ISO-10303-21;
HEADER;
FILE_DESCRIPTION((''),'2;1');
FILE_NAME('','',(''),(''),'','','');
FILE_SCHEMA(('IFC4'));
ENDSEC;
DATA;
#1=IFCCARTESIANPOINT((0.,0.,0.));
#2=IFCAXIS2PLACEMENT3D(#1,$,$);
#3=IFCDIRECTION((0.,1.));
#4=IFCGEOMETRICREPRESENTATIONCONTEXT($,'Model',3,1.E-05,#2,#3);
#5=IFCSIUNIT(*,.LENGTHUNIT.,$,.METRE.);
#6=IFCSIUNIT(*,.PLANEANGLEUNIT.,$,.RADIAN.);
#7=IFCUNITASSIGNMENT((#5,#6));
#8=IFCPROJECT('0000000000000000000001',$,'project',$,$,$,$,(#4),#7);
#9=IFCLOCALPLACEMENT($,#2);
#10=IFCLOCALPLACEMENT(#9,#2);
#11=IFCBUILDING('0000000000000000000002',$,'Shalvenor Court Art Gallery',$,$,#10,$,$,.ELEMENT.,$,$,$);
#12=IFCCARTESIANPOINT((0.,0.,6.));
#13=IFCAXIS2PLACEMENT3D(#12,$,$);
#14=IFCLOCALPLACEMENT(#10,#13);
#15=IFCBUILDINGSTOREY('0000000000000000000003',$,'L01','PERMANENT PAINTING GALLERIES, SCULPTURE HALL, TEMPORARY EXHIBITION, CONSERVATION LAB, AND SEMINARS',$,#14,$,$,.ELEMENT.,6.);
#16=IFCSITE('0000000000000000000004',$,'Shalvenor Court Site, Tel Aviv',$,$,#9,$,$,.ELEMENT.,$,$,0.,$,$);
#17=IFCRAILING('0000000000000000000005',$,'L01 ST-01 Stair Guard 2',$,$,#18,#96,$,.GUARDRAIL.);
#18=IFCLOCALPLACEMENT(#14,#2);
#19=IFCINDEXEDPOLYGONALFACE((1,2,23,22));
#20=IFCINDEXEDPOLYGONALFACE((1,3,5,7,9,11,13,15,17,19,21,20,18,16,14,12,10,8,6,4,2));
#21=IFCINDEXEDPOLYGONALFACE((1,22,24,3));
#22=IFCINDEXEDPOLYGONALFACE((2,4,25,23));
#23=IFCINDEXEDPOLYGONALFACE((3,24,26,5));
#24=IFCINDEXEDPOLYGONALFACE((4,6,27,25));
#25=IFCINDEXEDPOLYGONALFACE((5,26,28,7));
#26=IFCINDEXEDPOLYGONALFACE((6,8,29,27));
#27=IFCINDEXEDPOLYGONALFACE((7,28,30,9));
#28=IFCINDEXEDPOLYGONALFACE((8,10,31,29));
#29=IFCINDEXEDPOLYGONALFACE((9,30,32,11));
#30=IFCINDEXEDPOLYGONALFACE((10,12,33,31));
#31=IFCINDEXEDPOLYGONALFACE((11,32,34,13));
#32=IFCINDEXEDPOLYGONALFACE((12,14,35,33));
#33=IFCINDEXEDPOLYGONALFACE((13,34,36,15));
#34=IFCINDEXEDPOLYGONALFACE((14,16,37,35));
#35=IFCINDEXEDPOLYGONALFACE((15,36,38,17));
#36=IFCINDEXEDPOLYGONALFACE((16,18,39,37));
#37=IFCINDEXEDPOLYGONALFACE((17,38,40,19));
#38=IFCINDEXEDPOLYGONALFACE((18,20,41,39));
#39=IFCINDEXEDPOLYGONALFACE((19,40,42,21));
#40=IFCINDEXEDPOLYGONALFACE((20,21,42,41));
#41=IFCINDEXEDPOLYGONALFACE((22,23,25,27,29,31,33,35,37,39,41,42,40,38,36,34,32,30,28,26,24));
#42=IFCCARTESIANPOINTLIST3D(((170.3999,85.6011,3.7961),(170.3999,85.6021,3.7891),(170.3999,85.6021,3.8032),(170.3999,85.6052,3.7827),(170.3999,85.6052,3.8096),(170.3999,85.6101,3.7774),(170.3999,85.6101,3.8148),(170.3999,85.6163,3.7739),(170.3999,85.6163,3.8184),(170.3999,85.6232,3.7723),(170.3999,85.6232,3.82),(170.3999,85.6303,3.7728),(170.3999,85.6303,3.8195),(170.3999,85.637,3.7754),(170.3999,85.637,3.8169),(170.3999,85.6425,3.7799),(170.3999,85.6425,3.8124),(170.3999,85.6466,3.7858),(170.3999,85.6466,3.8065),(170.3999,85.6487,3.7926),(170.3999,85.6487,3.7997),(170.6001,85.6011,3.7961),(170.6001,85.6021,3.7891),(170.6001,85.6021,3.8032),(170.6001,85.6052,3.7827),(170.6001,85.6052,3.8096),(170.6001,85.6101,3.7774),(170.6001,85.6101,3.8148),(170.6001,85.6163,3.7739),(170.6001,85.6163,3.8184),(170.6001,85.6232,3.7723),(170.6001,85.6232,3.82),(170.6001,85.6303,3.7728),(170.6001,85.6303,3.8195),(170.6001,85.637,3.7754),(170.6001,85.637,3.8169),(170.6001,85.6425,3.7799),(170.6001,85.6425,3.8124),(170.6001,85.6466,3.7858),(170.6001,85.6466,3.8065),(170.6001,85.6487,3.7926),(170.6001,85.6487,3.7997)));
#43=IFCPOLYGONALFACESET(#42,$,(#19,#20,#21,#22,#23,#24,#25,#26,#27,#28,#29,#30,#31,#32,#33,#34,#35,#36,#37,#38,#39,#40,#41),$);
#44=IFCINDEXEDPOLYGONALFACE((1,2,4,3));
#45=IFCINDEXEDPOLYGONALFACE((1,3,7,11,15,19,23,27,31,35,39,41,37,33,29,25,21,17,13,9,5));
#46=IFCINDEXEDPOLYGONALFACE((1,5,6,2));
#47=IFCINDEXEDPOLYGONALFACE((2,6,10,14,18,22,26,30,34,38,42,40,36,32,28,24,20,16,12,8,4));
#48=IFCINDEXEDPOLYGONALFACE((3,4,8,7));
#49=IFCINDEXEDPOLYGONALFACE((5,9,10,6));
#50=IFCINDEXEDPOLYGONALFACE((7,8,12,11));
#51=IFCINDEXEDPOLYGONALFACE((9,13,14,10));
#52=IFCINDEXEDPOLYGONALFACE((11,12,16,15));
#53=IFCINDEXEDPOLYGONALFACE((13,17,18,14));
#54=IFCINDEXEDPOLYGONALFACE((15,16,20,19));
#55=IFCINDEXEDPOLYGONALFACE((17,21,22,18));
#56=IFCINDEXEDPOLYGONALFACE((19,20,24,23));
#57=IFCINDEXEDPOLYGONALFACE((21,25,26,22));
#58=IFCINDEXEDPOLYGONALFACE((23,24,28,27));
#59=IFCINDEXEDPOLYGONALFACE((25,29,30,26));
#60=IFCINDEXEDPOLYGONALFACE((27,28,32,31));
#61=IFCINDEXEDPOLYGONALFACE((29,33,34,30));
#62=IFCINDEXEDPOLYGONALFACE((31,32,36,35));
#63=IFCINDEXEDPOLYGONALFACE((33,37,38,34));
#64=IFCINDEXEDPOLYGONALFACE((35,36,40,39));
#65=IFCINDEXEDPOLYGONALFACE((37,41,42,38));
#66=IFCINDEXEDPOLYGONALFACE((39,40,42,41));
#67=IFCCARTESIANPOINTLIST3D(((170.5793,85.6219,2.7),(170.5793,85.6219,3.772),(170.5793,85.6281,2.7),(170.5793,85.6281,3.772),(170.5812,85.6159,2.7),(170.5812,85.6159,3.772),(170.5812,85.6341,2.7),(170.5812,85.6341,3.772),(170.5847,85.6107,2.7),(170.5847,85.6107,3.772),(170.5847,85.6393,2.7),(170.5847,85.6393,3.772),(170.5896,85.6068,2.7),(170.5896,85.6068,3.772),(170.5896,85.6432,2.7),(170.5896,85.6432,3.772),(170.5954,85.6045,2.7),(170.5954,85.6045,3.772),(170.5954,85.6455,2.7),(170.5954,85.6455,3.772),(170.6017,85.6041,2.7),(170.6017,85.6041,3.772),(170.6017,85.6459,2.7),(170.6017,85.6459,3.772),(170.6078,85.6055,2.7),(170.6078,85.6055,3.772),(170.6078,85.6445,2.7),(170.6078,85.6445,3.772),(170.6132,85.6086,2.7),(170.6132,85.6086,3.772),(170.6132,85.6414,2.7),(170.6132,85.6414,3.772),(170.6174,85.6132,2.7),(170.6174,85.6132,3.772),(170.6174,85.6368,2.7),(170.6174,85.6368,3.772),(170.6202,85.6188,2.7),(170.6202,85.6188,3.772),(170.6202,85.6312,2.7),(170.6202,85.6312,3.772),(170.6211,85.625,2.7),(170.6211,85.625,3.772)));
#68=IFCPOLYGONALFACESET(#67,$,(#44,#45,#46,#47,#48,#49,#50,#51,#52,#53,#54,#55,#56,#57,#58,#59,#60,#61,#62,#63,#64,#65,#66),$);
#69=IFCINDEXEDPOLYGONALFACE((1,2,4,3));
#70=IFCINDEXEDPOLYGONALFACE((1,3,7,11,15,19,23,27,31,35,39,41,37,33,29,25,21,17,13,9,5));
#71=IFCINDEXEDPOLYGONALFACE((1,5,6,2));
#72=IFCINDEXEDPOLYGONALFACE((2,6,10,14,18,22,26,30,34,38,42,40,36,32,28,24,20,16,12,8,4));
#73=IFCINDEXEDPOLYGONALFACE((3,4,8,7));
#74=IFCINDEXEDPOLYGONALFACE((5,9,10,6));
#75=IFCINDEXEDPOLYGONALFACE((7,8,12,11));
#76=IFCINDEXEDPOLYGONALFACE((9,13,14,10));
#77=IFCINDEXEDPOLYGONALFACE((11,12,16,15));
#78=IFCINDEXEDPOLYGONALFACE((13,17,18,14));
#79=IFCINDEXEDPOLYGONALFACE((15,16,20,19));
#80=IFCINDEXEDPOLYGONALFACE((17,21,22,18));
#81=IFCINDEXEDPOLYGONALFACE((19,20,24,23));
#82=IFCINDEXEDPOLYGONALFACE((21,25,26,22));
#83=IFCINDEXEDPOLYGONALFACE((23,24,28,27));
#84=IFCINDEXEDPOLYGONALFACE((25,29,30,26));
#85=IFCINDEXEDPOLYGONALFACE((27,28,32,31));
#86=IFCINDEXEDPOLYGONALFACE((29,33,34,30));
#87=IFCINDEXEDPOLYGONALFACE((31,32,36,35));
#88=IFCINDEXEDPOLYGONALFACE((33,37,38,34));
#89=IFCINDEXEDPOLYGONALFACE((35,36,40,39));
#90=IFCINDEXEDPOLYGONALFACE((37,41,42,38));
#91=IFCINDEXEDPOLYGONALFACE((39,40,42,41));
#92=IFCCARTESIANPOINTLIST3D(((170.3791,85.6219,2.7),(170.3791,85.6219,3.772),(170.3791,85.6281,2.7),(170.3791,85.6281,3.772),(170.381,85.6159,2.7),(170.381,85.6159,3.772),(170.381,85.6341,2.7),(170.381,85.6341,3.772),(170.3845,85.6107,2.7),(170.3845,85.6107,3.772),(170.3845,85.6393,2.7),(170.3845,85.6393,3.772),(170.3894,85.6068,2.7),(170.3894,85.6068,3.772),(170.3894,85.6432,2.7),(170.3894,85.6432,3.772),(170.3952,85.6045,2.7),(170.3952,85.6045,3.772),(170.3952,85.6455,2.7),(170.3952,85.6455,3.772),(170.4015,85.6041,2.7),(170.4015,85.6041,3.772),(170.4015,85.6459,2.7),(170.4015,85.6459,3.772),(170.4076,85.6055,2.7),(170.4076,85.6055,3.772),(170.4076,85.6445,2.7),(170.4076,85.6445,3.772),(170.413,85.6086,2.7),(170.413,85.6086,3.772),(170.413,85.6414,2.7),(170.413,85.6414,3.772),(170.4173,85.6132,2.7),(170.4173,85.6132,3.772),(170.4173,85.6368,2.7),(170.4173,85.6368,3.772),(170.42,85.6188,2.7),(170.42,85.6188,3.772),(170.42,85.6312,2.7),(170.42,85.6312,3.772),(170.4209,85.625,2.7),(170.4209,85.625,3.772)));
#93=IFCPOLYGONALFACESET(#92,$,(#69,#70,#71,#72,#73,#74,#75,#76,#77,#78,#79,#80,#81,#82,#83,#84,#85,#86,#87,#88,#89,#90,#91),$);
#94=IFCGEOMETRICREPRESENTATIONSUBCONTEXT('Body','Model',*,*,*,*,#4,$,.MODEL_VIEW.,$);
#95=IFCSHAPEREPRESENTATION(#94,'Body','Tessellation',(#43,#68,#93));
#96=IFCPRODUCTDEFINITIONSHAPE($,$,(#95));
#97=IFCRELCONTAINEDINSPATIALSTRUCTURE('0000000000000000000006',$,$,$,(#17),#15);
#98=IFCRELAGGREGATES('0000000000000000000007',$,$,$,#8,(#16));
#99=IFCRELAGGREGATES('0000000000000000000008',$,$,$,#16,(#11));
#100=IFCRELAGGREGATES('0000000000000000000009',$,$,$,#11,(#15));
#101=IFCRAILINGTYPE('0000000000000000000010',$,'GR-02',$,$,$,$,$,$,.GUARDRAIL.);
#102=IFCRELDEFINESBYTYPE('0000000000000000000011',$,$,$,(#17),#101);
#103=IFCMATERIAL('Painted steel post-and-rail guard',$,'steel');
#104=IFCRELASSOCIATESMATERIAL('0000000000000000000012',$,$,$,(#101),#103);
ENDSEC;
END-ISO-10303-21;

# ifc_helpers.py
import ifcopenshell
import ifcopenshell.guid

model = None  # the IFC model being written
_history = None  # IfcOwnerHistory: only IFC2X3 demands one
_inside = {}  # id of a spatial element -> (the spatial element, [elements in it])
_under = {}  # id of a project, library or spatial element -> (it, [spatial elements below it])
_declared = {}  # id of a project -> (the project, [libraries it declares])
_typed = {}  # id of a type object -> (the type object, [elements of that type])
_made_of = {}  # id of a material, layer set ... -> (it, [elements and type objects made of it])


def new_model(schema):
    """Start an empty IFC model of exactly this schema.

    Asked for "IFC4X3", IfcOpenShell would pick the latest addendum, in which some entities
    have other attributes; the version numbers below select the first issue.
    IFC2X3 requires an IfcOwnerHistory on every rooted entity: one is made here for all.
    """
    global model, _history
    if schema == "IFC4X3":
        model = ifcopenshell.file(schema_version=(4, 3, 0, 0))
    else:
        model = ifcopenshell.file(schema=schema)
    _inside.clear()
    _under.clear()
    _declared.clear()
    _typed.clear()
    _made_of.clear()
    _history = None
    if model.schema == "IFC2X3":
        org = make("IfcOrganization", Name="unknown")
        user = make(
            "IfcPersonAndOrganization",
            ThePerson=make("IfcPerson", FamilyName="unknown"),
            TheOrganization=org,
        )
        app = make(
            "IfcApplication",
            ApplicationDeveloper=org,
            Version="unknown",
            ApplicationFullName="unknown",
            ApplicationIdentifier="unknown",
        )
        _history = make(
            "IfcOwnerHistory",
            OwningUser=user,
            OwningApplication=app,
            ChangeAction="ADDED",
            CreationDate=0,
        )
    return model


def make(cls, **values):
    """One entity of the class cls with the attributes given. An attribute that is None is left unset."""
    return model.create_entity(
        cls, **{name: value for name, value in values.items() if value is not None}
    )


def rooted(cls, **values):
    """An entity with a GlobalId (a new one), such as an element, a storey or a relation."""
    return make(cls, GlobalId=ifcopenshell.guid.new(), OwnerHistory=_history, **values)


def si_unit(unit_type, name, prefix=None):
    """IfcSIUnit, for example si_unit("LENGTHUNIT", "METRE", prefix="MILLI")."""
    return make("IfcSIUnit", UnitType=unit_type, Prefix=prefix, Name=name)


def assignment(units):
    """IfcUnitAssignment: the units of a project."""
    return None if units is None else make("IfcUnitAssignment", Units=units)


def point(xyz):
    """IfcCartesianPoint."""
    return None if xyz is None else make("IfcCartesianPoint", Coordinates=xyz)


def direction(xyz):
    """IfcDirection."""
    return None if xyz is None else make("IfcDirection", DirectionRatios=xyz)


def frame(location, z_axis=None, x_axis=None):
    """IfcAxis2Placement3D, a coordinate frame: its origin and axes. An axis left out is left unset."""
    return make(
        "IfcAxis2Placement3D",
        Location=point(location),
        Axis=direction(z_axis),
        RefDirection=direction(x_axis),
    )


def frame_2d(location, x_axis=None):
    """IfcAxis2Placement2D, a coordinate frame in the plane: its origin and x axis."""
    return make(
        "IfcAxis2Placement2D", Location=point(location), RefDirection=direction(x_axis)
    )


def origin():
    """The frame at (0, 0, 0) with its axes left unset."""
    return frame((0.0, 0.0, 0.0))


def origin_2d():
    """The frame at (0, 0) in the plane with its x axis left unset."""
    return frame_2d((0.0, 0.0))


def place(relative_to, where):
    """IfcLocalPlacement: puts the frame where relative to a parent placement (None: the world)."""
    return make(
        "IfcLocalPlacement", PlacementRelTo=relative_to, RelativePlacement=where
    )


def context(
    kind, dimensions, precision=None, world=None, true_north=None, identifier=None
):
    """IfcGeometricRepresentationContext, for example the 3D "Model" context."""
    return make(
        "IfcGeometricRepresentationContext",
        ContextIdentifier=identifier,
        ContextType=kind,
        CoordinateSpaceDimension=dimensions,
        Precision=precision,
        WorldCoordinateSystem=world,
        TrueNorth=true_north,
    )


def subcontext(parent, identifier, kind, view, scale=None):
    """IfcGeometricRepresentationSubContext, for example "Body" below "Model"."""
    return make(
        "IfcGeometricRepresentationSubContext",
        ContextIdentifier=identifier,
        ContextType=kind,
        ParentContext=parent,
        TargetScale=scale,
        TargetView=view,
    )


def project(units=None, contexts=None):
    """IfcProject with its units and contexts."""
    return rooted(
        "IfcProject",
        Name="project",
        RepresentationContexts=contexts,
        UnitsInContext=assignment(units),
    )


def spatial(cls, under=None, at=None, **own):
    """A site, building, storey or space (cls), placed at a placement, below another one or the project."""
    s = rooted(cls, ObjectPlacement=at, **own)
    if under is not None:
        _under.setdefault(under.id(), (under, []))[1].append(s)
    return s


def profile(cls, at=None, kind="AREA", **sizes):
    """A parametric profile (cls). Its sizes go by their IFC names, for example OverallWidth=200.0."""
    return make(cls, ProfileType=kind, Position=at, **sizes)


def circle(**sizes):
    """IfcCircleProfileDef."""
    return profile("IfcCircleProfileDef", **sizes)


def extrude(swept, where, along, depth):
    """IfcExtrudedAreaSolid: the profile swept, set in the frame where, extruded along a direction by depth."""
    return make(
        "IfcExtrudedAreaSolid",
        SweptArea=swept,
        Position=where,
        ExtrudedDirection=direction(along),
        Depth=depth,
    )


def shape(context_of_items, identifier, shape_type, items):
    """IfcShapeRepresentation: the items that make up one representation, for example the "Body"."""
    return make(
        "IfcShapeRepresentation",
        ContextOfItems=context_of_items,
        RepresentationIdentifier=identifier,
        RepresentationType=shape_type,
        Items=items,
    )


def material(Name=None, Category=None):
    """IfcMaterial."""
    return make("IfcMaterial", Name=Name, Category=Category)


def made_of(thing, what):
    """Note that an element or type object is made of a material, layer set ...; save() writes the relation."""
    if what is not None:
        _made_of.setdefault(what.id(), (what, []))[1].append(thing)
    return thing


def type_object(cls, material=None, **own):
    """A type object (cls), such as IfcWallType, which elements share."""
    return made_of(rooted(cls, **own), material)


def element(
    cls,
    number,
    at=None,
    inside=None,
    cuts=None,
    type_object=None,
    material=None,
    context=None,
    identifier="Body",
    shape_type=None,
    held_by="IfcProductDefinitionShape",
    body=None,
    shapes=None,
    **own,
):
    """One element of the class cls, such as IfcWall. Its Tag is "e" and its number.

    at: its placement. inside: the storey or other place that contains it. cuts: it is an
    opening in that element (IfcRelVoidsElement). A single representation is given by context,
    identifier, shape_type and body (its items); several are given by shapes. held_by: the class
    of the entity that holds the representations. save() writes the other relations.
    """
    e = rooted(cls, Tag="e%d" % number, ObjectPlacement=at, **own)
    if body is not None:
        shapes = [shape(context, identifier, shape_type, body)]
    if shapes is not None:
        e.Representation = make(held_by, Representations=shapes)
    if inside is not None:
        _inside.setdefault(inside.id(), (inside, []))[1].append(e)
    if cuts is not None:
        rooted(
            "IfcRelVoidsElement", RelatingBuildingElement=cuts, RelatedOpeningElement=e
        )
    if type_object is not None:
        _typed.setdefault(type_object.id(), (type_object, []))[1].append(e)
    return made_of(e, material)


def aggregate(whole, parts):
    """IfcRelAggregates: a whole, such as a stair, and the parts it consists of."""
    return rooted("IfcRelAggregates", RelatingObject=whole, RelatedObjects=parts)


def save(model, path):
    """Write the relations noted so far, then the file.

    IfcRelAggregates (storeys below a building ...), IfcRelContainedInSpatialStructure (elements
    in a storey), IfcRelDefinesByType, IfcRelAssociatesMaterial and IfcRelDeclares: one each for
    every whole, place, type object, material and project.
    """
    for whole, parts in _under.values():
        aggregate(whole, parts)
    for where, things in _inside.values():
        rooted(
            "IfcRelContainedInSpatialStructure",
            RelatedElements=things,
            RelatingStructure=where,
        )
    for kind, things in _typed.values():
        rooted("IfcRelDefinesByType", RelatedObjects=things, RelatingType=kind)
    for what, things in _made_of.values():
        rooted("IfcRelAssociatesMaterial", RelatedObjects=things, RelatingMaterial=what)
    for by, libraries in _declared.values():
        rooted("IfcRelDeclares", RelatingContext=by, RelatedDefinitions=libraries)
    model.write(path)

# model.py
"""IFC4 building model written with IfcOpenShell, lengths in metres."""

from ifc_helpers import new_model, si_unit, direction, frame, origin, origin_2d, place, context, subcontext, project, spatial, circle, extrude, material, type_object, element, save


model = new_model("IFC4")

# Units and contexts
model_context = context("Model", 3, precision=1e-05, world=origin(), true_north=direction((0.0, 1.0)))
body_context = subcontext(model_context, "Body", "Model", "MODEL_VIEW")
ifc_project = project(units=[si_unit("LENGTHUNIT", "METRE"), si_unit("PLANEANGLEUNIT", "RADIAN")], contexts=[model_context])

# Site, building, storey
site_placement = place(None, origin())
site = spatial("IfcSite", under=ifc_project, at=site_placement, Name="Shalvenor Court Site, Tel Aviv", CompositionType="ELEMENT", RefElevation=0.0)
building_placement = place(site_placement, origin())
building = spatial("IfcBuilding", under=site, at=building_placement, Name="Shalvenor Court Art Gallery", CompositionType="ELEMENT")
storey_placement = place(building_placement, frame((0.0, 0.0, 6.0)))
storey = spatial("IfcBuildingStorey", under=building, at=storey_placement, Name="L01", Description="PERMANENT PAINTING GALLERIES, SCULPTURE HALL, TEMPORARY EXHIBITION, CONSERVATION LAB, AND SEMINARS", CompositionType="ELEMENT", Elevation=6.0)

# Railing
ifc_material_1 = material(Name="Painted steel post-and-rail guard", Category="steel")
railing_type_1 = type_object("IfcRailingType", Name="GR-02", PredefinedType="GUARDRAIL", material=ifc_material_1)
railing_1_placement = place(storey_placement, frame((170.6001, 85.625, 2.7)))
element("IfcRailing", 1, at=railing_1_placement, inside=storey, type_object=railing_type_1, Name="L01 ST-01 Stair Guard 2", PredefinedType="GUARDRAIL", context=body_context, shape_type="SweptSolid", body=[
    extrude(circle(Radius=0.0239, at=origin_2d()), frame((0.0, 0.0, 1.0962), z_axis=(-1.0, 0.0, 0.0), x_axis=(0.0, -1.0, 0.0)), (0.0, 0.0, 1.0), 0.2002),
    extrude(circle(Radius=0.021, at=origin_2d()), origin(), (0.0, 0.0, 1.0), 1.072),
    extrude(circle(Radius=0.021, at=origin_2d()), frame((-0.2002, 0.0, 0.0)), (0.0, 0.0, 1.0), 1.072),
])

save(model, "model.ifc")
